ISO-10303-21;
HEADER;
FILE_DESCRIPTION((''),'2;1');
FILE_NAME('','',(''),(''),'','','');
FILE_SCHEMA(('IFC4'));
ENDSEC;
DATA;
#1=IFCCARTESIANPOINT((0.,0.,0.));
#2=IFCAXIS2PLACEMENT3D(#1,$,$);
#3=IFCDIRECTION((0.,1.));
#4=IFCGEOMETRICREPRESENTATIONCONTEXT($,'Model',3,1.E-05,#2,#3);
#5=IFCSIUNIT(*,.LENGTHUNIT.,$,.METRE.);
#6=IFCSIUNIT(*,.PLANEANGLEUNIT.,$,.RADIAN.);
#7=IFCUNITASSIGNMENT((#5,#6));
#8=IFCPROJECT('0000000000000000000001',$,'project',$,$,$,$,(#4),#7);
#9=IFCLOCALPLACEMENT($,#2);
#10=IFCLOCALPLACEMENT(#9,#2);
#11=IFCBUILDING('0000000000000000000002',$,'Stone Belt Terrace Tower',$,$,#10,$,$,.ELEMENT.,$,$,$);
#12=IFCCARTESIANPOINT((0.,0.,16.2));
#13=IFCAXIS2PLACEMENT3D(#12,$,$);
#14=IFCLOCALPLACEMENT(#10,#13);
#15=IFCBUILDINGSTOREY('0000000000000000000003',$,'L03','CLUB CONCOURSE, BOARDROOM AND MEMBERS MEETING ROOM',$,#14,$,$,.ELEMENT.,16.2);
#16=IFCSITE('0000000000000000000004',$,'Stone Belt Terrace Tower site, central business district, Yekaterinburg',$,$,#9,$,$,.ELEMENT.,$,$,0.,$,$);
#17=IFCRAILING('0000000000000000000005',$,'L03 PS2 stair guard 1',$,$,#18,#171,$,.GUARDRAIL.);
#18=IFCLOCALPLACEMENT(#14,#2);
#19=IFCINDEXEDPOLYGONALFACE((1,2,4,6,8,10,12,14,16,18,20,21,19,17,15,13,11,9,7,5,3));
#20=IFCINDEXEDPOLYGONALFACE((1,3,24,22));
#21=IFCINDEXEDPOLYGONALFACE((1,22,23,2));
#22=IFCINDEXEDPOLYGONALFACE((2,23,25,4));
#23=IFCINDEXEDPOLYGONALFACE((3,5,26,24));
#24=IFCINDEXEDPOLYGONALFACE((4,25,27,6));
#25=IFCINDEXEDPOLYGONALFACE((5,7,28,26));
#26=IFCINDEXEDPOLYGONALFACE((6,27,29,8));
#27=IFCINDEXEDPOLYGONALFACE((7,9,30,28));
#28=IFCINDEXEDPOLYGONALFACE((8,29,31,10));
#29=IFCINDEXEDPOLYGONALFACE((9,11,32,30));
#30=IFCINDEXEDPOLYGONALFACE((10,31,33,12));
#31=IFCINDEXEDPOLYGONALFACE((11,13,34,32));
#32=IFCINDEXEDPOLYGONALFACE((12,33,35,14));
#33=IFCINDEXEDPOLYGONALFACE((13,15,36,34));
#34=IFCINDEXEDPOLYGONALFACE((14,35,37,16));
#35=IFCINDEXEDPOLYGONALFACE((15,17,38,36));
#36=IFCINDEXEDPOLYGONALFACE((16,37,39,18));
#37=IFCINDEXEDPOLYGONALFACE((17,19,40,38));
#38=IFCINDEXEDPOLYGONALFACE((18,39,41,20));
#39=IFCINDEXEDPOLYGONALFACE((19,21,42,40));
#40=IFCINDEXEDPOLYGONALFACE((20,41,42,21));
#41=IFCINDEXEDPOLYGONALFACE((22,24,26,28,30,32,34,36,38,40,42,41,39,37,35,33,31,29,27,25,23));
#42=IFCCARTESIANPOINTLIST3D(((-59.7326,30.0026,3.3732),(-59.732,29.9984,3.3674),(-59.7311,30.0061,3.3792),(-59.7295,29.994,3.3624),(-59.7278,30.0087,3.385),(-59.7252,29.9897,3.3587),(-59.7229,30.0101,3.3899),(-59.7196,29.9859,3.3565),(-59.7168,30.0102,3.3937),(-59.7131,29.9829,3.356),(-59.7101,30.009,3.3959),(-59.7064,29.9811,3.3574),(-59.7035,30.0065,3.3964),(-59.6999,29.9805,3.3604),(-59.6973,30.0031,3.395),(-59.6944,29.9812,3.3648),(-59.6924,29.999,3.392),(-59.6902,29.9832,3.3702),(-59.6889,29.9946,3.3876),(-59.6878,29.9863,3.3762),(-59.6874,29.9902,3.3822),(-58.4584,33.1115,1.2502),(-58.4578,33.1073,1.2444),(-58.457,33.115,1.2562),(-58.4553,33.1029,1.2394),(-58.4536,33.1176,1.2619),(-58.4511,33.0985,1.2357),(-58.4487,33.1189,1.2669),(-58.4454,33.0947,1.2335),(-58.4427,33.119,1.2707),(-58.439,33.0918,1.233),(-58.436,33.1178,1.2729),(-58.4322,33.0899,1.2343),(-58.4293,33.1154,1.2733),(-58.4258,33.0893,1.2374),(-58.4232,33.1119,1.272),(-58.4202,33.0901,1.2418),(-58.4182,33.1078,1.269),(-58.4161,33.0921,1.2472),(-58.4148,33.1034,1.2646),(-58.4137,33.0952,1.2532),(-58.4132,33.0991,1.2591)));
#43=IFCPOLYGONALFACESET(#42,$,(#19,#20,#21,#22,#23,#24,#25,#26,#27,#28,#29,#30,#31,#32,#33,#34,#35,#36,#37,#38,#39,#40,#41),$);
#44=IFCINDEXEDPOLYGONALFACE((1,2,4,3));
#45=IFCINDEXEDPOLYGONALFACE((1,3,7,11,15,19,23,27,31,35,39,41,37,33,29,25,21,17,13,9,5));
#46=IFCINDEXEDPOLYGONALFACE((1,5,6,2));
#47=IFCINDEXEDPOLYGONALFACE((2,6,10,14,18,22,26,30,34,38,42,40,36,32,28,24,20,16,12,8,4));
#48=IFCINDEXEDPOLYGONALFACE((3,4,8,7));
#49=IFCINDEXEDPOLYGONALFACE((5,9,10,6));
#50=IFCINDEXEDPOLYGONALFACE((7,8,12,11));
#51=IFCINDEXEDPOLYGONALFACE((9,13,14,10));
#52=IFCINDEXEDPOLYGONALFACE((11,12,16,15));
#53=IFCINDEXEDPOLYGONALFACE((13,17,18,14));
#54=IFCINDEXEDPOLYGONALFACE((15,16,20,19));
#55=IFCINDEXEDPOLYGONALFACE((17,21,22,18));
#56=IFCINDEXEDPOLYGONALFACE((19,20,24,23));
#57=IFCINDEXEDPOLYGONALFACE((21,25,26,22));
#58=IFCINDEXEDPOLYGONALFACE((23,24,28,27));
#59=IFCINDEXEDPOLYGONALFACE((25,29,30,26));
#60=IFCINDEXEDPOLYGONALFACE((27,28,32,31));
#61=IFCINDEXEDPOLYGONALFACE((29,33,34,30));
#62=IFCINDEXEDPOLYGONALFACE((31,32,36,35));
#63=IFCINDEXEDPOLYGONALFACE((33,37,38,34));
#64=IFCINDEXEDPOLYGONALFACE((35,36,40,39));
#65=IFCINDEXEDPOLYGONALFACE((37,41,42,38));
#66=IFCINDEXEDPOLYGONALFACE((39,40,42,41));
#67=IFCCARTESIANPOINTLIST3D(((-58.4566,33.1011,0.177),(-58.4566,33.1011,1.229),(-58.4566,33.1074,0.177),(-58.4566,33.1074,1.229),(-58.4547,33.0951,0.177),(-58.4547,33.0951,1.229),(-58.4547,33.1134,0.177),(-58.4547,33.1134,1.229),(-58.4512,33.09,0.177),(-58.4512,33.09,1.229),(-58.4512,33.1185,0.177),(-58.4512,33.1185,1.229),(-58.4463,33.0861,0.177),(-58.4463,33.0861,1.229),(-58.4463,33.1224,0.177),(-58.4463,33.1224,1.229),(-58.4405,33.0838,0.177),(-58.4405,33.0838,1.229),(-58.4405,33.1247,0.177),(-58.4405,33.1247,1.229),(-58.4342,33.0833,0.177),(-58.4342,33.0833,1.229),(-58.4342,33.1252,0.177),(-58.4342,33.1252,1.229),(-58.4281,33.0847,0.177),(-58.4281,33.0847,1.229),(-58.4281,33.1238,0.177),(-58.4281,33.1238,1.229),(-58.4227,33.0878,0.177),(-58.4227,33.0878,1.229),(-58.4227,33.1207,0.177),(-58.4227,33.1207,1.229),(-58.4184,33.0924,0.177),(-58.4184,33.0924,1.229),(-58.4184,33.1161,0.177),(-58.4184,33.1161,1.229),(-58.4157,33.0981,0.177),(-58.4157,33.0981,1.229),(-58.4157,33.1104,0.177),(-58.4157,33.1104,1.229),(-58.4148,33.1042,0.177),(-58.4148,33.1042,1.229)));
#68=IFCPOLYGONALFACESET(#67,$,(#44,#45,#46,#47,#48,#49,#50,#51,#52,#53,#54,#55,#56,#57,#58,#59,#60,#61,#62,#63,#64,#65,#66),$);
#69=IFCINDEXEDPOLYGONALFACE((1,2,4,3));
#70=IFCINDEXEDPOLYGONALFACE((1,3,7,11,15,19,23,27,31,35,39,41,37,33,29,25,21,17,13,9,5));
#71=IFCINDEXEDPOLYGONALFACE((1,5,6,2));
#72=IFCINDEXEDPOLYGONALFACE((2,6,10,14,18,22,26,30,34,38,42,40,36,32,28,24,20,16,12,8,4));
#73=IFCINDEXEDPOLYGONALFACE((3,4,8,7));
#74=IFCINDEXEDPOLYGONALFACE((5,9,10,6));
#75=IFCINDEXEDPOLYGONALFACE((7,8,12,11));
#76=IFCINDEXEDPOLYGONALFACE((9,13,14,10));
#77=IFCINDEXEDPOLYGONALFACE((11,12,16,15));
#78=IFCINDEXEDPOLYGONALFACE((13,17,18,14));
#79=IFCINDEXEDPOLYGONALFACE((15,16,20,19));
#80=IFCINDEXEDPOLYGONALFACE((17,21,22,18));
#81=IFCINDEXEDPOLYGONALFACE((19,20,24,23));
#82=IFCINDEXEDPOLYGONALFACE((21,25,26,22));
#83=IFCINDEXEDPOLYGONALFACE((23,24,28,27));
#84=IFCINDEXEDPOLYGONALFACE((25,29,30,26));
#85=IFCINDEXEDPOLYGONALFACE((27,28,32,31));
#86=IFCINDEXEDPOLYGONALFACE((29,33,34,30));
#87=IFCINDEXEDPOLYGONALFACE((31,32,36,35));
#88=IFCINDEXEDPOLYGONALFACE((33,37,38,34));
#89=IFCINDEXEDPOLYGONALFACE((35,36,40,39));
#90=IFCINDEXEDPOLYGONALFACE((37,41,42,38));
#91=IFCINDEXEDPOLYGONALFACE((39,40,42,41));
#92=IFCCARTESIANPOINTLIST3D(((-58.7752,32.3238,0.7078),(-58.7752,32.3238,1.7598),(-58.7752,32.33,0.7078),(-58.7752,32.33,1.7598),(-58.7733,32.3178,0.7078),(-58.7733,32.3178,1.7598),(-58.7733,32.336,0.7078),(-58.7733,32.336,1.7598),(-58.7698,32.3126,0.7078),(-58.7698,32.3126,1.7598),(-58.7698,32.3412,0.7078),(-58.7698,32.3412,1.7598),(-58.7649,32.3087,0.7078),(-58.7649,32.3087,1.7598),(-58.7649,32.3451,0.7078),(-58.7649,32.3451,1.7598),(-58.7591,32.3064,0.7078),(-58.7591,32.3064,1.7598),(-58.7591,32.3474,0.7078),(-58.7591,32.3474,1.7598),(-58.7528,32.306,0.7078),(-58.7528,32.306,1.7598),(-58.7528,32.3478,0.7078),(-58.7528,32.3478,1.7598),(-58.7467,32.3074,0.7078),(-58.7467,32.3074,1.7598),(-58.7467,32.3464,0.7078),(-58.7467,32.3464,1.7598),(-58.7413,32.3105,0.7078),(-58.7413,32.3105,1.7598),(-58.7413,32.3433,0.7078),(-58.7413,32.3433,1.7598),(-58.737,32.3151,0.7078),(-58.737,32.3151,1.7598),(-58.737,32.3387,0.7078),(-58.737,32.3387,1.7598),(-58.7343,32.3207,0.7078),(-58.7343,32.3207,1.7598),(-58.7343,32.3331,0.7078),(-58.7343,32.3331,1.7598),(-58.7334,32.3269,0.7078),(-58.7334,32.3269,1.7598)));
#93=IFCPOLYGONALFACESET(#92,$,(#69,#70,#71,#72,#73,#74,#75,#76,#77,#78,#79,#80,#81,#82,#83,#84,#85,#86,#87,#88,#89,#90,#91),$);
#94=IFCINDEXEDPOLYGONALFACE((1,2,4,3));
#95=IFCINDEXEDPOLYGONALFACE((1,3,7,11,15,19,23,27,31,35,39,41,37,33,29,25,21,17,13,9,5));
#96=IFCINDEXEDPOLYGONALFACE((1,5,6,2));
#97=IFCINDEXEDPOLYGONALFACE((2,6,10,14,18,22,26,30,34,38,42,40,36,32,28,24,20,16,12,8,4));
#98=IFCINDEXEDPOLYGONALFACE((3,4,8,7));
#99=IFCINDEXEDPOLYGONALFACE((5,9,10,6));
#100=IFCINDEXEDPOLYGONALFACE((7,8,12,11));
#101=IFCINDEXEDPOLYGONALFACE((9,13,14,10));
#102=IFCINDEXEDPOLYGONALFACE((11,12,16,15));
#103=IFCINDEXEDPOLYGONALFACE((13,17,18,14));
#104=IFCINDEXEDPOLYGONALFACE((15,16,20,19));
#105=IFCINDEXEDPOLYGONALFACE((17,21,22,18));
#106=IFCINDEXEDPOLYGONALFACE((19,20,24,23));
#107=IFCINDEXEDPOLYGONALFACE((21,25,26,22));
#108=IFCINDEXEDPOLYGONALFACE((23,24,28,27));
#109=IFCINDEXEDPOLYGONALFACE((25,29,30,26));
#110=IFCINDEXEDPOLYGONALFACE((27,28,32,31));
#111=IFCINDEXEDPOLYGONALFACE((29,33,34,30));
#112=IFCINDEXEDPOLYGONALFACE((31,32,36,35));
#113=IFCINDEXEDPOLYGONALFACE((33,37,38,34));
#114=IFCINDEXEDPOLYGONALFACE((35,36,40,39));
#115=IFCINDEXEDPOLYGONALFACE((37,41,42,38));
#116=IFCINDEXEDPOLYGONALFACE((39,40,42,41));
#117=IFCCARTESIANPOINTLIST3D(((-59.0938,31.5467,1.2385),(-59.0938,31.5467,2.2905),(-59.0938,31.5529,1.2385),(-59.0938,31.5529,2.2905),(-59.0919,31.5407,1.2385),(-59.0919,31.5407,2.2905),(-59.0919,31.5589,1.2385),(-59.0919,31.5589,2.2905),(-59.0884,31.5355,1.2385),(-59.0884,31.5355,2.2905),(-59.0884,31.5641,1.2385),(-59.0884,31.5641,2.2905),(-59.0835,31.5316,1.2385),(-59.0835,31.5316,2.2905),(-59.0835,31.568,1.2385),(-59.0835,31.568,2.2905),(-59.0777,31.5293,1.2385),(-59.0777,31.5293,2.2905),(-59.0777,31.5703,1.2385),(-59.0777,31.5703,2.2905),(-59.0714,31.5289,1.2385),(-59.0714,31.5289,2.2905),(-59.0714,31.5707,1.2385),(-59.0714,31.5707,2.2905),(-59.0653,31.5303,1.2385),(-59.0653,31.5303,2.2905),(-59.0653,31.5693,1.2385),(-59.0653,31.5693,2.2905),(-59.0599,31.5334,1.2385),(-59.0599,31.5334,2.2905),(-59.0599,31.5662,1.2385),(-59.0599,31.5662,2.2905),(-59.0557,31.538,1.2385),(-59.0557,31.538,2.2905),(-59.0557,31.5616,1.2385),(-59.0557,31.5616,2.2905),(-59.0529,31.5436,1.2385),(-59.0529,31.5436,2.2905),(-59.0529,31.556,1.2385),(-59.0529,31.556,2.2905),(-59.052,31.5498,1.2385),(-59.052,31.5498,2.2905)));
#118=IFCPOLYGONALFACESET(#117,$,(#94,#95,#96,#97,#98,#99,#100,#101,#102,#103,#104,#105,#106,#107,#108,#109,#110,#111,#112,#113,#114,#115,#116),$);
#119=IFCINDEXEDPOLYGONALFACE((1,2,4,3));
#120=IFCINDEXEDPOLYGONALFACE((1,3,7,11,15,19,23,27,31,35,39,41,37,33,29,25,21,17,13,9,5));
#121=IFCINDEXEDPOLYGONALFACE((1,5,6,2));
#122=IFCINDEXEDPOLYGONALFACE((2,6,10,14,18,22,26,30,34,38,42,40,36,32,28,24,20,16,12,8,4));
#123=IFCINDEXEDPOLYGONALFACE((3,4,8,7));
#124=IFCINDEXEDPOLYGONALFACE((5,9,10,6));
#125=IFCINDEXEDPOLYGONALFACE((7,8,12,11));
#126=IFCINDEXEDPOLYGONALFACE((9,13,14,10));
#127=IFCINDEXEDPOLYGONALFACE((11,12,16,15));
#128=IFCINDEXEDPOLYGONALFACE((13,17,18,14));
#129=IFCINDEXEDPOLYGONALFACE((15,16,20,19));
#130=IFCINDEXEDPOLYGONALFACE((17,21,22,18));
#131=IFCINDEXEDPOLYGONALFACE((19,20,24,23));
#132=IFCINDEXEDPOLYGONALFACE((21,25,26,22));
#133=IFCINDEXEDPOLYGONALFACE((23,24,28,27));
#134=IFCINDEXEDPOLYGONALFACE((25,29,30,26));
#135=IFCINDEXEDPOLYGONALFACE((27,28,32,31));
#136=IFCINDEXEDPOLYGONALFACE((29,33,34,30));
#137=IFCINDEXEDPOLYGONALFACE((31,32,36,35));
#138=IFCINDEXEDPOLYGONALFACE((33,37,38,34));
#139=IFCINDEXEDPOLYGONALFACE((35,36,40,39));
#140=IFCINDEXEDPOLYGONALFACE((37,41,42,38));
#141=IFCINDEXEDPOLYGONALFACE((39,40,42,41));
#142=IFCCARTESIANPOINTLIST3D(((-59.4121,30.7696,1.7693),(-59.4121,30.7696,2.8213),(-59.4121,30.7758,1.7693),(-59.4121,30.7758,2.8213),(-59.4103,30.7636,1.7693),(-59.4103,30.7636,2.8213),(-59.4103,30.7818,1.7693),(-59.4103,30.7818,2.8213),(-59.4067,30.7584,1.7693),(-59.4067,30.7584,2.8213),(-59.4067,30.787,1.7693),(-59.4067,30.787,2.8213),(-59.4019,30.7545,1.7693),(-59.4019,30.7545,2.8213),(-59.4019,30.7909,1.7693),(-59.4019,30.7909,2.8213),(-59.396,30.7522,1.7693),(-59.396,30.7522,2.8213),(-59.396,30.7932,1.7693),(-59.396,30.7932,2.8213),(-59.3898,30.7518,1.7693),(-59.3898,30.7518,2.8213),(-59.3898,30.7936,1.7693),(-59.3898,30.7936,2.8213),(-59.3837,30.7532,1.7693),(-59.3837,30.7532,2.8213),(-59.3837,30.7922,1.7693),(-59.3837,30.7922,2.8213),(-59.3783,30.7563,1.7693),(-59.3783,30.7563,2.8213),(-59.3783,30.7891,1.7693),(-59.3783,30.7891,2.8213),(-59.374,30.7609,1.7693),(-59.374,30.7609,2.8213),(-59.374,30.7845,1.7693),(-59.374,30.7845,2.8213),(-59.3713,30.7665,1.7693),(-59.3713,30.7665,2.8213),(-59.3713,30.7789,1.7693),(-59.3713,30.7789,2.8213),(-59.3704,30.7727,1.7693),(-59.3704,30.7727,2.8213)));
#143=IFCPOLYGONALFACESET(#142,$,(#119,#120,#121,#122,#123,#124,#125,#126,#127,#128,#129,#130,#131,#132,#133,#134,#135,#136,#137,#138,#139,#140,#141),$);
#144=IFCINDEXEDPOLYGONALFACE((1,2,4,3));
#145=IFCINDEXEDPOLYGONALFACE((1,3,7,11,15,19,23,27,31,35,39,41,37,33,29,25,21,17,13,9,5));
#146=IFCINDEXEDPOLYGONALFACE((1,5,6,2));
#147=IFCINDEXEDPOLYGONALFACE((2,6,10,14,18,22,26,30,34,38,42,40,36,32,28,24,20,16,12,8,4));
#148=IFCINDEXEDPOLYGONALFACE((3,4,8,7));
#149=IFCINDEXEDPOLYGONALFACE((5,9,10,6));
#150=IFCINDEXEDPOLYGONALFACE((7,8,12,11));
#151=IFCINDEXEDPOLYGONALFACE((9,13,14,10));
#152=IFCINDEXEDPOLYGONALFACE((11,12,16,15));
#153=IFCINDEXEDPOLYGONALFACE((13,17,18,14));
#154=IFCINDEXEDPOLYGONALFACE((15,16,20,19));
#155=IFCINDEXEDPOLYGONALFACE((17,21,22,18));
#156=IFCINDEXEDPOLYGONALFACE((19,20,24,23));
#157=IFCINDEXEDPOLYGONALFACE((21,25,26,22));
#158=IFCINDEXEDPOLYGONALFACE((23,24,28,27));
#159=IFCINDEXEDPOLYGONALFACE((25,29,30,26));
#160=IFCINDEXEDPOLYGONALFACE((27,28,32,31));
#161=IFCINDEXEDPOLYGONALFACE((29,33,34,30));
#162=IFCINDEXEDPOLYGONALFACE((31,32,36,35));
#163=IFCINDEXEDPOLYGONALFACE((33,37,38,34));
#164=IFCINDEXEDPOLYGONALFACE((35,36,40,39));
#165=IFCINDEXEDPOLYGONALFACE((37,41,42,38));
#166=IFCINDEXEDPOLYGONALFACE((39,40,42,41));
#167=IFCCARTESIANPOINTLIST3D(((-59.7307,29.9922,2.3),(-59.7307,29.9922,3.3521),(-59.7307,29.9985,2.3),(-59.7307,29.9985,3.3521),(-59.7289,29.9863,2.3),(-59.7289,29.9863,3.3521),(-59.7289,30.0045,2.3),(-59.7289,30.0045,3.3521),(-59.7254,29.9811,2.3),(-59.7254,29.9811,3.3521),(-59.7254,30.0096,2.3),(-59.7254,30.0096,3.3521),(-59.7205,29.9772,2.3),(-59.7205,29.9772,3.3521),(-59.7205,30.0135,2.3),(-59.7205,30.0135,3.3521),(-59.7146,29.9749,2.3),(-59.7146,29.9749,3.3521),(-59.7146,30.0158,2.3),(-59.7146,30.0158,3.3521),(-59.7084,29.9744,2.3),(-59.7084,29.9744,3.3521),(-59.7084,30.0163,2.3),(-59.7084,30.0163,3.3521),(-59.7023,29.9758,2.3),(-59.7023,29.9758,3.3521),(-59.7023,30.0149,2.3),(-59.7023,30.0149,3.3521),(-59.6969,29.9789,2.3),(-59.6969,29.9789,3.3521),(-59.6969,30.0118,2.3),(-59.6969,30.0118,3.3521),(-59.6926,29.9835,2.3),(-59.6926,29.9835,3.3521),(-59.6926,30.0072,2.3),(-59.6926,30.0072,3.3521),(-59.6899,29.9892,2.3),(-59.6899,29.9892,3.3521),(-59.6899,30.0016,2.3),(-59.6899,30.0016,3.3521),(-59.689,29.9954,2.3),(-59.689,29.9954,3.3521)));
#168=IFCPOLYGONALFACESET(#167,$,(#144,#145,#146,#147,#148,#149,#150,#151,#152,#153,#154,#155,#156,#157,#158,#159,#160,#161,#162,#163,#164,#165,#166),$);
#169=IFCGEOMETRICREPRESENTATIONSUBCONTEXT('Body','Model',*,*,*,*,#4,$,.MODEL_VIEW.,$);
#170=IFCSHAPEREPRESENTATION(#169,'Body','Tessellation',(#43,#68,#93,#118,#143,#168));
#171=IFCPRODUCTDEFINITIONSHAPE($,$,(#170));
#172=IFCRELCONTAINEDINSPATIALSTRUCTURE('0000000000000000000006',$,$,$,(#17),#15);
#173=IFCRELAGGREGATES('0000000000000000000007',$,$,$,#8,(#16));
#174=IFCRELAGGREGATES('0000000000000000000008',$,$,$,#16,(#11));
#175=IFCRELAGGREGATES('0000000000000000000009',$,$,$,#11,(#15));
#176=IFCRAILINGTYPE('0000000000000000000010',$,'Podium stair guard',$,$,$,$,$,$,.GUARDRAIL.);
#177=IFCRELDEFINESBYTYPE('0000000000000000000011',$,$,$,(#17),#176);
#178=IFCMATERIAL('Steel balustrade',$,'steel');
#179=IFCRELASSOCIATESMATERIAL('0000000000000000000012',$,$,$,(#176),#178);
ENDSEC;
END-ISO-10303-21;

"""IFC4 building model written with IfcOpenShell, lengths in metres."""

from ifc_helpers import new_model, si_unit, direction, frame, origin, origin_2d, place, context, subcontext, project, spatial, circle, extrude, material, type_object, element, save


model = new_model("IFC4")

# Units and contexts
model_context = context("Model", 3, precision=1e-05, world=origin(), true_north=direction((0.0, 1.0)))
body_context = subcontext(model_context, "Body", "Model", "MODEL_VIEW")
ifc_project = project(units=[si_unit("LENGTHUNIT", "METRE"), si_unit("PLANEANGLEUNIT", "RADIAN")], contexts=[model_context])

# Site, building, storey
site_placement = place(None, origin())
site = spatial("IfcSite", under=ifc_project, at=site_placement, Name="Stone Belt Terrace Tower site, central business district, Yekaterinburg", CompositionType="ELEMENT", RefElevation=0.0)
building_placement = place(site_placement, origin())
building = spatial("IfcBuilding", under=site, at=building_placement, Name="Stone Belt Terrace Tower", CompositionType="ELEMENT")
storey_placement = place(building_placement, frame((0.0, 0.0, 16.2)))
storey = spatial("IfcBuildingStorey", under=building, at=storey_placement, Name="L03", Description="CLUB CONCOURSE, BOARDROOM AND MEMBERS MEETING ROOM", CompositionType="ELEMENT", Elevation=16.2)

# Railing
ifc_material_1 = material(Name="Steel balustrade", Category="steel")
railing_type_1 = type_object("IfcRailingType", Name="Podium stair guard", PredefinedType="GUARDRAIL", material=ifc_material_1)
railing_1_placement = place(storey_placement, frame((-58.4358, 33.1042, 0.177)))
element("IfcRailing", 1, at=railing_1_placement, inside=storey, type_object=railing_type_1, Name="L03 PS2 stair guard 1", PredefinedType="GUARDRAIL", context=body_context, shape_type="SweptSolid", body=[
    extrude(circle(Radius=0.0239, at=origin_2d()), frame((0.0, 0.0, 1.0762), z_axis=(-0.320593, -0.782224, 0.534178), x_axis=(0.925301, -0.379233, 0.0)), (0.0, 0.0, 1.0), 3.9744),
    extrude(circle(Radius=0.021, at=origin_2d()), origin(), (0.0, 0.0, 1.0), 1.052),
    extrude(circle(Radius=0.021, at=origin_2d()), frame((-0.3186, -0.7773, 0.5308)), (0.0, 0.0, 1.0), 1.052),
    extrude(circle(Radius=0.021, at=origin_2d()), frame((-0.6372, -1.5544, 1.0615)), (0.0, 0.0, 1.0), 1.052),
    extrude(circle(Radius=0.021, at=origin_2d()), frame((-0.9556, -2.3315, 1.5923)), (0.0, 0.0, 1.0), 1.052),
    extrude(circle(Radius=0.021, at=origin_2d()), frame((-1.2742, -3.1089, 2.123)), (0.0, 0.0, 1.0), 1.052),
])

save(model, "model.ifc")
